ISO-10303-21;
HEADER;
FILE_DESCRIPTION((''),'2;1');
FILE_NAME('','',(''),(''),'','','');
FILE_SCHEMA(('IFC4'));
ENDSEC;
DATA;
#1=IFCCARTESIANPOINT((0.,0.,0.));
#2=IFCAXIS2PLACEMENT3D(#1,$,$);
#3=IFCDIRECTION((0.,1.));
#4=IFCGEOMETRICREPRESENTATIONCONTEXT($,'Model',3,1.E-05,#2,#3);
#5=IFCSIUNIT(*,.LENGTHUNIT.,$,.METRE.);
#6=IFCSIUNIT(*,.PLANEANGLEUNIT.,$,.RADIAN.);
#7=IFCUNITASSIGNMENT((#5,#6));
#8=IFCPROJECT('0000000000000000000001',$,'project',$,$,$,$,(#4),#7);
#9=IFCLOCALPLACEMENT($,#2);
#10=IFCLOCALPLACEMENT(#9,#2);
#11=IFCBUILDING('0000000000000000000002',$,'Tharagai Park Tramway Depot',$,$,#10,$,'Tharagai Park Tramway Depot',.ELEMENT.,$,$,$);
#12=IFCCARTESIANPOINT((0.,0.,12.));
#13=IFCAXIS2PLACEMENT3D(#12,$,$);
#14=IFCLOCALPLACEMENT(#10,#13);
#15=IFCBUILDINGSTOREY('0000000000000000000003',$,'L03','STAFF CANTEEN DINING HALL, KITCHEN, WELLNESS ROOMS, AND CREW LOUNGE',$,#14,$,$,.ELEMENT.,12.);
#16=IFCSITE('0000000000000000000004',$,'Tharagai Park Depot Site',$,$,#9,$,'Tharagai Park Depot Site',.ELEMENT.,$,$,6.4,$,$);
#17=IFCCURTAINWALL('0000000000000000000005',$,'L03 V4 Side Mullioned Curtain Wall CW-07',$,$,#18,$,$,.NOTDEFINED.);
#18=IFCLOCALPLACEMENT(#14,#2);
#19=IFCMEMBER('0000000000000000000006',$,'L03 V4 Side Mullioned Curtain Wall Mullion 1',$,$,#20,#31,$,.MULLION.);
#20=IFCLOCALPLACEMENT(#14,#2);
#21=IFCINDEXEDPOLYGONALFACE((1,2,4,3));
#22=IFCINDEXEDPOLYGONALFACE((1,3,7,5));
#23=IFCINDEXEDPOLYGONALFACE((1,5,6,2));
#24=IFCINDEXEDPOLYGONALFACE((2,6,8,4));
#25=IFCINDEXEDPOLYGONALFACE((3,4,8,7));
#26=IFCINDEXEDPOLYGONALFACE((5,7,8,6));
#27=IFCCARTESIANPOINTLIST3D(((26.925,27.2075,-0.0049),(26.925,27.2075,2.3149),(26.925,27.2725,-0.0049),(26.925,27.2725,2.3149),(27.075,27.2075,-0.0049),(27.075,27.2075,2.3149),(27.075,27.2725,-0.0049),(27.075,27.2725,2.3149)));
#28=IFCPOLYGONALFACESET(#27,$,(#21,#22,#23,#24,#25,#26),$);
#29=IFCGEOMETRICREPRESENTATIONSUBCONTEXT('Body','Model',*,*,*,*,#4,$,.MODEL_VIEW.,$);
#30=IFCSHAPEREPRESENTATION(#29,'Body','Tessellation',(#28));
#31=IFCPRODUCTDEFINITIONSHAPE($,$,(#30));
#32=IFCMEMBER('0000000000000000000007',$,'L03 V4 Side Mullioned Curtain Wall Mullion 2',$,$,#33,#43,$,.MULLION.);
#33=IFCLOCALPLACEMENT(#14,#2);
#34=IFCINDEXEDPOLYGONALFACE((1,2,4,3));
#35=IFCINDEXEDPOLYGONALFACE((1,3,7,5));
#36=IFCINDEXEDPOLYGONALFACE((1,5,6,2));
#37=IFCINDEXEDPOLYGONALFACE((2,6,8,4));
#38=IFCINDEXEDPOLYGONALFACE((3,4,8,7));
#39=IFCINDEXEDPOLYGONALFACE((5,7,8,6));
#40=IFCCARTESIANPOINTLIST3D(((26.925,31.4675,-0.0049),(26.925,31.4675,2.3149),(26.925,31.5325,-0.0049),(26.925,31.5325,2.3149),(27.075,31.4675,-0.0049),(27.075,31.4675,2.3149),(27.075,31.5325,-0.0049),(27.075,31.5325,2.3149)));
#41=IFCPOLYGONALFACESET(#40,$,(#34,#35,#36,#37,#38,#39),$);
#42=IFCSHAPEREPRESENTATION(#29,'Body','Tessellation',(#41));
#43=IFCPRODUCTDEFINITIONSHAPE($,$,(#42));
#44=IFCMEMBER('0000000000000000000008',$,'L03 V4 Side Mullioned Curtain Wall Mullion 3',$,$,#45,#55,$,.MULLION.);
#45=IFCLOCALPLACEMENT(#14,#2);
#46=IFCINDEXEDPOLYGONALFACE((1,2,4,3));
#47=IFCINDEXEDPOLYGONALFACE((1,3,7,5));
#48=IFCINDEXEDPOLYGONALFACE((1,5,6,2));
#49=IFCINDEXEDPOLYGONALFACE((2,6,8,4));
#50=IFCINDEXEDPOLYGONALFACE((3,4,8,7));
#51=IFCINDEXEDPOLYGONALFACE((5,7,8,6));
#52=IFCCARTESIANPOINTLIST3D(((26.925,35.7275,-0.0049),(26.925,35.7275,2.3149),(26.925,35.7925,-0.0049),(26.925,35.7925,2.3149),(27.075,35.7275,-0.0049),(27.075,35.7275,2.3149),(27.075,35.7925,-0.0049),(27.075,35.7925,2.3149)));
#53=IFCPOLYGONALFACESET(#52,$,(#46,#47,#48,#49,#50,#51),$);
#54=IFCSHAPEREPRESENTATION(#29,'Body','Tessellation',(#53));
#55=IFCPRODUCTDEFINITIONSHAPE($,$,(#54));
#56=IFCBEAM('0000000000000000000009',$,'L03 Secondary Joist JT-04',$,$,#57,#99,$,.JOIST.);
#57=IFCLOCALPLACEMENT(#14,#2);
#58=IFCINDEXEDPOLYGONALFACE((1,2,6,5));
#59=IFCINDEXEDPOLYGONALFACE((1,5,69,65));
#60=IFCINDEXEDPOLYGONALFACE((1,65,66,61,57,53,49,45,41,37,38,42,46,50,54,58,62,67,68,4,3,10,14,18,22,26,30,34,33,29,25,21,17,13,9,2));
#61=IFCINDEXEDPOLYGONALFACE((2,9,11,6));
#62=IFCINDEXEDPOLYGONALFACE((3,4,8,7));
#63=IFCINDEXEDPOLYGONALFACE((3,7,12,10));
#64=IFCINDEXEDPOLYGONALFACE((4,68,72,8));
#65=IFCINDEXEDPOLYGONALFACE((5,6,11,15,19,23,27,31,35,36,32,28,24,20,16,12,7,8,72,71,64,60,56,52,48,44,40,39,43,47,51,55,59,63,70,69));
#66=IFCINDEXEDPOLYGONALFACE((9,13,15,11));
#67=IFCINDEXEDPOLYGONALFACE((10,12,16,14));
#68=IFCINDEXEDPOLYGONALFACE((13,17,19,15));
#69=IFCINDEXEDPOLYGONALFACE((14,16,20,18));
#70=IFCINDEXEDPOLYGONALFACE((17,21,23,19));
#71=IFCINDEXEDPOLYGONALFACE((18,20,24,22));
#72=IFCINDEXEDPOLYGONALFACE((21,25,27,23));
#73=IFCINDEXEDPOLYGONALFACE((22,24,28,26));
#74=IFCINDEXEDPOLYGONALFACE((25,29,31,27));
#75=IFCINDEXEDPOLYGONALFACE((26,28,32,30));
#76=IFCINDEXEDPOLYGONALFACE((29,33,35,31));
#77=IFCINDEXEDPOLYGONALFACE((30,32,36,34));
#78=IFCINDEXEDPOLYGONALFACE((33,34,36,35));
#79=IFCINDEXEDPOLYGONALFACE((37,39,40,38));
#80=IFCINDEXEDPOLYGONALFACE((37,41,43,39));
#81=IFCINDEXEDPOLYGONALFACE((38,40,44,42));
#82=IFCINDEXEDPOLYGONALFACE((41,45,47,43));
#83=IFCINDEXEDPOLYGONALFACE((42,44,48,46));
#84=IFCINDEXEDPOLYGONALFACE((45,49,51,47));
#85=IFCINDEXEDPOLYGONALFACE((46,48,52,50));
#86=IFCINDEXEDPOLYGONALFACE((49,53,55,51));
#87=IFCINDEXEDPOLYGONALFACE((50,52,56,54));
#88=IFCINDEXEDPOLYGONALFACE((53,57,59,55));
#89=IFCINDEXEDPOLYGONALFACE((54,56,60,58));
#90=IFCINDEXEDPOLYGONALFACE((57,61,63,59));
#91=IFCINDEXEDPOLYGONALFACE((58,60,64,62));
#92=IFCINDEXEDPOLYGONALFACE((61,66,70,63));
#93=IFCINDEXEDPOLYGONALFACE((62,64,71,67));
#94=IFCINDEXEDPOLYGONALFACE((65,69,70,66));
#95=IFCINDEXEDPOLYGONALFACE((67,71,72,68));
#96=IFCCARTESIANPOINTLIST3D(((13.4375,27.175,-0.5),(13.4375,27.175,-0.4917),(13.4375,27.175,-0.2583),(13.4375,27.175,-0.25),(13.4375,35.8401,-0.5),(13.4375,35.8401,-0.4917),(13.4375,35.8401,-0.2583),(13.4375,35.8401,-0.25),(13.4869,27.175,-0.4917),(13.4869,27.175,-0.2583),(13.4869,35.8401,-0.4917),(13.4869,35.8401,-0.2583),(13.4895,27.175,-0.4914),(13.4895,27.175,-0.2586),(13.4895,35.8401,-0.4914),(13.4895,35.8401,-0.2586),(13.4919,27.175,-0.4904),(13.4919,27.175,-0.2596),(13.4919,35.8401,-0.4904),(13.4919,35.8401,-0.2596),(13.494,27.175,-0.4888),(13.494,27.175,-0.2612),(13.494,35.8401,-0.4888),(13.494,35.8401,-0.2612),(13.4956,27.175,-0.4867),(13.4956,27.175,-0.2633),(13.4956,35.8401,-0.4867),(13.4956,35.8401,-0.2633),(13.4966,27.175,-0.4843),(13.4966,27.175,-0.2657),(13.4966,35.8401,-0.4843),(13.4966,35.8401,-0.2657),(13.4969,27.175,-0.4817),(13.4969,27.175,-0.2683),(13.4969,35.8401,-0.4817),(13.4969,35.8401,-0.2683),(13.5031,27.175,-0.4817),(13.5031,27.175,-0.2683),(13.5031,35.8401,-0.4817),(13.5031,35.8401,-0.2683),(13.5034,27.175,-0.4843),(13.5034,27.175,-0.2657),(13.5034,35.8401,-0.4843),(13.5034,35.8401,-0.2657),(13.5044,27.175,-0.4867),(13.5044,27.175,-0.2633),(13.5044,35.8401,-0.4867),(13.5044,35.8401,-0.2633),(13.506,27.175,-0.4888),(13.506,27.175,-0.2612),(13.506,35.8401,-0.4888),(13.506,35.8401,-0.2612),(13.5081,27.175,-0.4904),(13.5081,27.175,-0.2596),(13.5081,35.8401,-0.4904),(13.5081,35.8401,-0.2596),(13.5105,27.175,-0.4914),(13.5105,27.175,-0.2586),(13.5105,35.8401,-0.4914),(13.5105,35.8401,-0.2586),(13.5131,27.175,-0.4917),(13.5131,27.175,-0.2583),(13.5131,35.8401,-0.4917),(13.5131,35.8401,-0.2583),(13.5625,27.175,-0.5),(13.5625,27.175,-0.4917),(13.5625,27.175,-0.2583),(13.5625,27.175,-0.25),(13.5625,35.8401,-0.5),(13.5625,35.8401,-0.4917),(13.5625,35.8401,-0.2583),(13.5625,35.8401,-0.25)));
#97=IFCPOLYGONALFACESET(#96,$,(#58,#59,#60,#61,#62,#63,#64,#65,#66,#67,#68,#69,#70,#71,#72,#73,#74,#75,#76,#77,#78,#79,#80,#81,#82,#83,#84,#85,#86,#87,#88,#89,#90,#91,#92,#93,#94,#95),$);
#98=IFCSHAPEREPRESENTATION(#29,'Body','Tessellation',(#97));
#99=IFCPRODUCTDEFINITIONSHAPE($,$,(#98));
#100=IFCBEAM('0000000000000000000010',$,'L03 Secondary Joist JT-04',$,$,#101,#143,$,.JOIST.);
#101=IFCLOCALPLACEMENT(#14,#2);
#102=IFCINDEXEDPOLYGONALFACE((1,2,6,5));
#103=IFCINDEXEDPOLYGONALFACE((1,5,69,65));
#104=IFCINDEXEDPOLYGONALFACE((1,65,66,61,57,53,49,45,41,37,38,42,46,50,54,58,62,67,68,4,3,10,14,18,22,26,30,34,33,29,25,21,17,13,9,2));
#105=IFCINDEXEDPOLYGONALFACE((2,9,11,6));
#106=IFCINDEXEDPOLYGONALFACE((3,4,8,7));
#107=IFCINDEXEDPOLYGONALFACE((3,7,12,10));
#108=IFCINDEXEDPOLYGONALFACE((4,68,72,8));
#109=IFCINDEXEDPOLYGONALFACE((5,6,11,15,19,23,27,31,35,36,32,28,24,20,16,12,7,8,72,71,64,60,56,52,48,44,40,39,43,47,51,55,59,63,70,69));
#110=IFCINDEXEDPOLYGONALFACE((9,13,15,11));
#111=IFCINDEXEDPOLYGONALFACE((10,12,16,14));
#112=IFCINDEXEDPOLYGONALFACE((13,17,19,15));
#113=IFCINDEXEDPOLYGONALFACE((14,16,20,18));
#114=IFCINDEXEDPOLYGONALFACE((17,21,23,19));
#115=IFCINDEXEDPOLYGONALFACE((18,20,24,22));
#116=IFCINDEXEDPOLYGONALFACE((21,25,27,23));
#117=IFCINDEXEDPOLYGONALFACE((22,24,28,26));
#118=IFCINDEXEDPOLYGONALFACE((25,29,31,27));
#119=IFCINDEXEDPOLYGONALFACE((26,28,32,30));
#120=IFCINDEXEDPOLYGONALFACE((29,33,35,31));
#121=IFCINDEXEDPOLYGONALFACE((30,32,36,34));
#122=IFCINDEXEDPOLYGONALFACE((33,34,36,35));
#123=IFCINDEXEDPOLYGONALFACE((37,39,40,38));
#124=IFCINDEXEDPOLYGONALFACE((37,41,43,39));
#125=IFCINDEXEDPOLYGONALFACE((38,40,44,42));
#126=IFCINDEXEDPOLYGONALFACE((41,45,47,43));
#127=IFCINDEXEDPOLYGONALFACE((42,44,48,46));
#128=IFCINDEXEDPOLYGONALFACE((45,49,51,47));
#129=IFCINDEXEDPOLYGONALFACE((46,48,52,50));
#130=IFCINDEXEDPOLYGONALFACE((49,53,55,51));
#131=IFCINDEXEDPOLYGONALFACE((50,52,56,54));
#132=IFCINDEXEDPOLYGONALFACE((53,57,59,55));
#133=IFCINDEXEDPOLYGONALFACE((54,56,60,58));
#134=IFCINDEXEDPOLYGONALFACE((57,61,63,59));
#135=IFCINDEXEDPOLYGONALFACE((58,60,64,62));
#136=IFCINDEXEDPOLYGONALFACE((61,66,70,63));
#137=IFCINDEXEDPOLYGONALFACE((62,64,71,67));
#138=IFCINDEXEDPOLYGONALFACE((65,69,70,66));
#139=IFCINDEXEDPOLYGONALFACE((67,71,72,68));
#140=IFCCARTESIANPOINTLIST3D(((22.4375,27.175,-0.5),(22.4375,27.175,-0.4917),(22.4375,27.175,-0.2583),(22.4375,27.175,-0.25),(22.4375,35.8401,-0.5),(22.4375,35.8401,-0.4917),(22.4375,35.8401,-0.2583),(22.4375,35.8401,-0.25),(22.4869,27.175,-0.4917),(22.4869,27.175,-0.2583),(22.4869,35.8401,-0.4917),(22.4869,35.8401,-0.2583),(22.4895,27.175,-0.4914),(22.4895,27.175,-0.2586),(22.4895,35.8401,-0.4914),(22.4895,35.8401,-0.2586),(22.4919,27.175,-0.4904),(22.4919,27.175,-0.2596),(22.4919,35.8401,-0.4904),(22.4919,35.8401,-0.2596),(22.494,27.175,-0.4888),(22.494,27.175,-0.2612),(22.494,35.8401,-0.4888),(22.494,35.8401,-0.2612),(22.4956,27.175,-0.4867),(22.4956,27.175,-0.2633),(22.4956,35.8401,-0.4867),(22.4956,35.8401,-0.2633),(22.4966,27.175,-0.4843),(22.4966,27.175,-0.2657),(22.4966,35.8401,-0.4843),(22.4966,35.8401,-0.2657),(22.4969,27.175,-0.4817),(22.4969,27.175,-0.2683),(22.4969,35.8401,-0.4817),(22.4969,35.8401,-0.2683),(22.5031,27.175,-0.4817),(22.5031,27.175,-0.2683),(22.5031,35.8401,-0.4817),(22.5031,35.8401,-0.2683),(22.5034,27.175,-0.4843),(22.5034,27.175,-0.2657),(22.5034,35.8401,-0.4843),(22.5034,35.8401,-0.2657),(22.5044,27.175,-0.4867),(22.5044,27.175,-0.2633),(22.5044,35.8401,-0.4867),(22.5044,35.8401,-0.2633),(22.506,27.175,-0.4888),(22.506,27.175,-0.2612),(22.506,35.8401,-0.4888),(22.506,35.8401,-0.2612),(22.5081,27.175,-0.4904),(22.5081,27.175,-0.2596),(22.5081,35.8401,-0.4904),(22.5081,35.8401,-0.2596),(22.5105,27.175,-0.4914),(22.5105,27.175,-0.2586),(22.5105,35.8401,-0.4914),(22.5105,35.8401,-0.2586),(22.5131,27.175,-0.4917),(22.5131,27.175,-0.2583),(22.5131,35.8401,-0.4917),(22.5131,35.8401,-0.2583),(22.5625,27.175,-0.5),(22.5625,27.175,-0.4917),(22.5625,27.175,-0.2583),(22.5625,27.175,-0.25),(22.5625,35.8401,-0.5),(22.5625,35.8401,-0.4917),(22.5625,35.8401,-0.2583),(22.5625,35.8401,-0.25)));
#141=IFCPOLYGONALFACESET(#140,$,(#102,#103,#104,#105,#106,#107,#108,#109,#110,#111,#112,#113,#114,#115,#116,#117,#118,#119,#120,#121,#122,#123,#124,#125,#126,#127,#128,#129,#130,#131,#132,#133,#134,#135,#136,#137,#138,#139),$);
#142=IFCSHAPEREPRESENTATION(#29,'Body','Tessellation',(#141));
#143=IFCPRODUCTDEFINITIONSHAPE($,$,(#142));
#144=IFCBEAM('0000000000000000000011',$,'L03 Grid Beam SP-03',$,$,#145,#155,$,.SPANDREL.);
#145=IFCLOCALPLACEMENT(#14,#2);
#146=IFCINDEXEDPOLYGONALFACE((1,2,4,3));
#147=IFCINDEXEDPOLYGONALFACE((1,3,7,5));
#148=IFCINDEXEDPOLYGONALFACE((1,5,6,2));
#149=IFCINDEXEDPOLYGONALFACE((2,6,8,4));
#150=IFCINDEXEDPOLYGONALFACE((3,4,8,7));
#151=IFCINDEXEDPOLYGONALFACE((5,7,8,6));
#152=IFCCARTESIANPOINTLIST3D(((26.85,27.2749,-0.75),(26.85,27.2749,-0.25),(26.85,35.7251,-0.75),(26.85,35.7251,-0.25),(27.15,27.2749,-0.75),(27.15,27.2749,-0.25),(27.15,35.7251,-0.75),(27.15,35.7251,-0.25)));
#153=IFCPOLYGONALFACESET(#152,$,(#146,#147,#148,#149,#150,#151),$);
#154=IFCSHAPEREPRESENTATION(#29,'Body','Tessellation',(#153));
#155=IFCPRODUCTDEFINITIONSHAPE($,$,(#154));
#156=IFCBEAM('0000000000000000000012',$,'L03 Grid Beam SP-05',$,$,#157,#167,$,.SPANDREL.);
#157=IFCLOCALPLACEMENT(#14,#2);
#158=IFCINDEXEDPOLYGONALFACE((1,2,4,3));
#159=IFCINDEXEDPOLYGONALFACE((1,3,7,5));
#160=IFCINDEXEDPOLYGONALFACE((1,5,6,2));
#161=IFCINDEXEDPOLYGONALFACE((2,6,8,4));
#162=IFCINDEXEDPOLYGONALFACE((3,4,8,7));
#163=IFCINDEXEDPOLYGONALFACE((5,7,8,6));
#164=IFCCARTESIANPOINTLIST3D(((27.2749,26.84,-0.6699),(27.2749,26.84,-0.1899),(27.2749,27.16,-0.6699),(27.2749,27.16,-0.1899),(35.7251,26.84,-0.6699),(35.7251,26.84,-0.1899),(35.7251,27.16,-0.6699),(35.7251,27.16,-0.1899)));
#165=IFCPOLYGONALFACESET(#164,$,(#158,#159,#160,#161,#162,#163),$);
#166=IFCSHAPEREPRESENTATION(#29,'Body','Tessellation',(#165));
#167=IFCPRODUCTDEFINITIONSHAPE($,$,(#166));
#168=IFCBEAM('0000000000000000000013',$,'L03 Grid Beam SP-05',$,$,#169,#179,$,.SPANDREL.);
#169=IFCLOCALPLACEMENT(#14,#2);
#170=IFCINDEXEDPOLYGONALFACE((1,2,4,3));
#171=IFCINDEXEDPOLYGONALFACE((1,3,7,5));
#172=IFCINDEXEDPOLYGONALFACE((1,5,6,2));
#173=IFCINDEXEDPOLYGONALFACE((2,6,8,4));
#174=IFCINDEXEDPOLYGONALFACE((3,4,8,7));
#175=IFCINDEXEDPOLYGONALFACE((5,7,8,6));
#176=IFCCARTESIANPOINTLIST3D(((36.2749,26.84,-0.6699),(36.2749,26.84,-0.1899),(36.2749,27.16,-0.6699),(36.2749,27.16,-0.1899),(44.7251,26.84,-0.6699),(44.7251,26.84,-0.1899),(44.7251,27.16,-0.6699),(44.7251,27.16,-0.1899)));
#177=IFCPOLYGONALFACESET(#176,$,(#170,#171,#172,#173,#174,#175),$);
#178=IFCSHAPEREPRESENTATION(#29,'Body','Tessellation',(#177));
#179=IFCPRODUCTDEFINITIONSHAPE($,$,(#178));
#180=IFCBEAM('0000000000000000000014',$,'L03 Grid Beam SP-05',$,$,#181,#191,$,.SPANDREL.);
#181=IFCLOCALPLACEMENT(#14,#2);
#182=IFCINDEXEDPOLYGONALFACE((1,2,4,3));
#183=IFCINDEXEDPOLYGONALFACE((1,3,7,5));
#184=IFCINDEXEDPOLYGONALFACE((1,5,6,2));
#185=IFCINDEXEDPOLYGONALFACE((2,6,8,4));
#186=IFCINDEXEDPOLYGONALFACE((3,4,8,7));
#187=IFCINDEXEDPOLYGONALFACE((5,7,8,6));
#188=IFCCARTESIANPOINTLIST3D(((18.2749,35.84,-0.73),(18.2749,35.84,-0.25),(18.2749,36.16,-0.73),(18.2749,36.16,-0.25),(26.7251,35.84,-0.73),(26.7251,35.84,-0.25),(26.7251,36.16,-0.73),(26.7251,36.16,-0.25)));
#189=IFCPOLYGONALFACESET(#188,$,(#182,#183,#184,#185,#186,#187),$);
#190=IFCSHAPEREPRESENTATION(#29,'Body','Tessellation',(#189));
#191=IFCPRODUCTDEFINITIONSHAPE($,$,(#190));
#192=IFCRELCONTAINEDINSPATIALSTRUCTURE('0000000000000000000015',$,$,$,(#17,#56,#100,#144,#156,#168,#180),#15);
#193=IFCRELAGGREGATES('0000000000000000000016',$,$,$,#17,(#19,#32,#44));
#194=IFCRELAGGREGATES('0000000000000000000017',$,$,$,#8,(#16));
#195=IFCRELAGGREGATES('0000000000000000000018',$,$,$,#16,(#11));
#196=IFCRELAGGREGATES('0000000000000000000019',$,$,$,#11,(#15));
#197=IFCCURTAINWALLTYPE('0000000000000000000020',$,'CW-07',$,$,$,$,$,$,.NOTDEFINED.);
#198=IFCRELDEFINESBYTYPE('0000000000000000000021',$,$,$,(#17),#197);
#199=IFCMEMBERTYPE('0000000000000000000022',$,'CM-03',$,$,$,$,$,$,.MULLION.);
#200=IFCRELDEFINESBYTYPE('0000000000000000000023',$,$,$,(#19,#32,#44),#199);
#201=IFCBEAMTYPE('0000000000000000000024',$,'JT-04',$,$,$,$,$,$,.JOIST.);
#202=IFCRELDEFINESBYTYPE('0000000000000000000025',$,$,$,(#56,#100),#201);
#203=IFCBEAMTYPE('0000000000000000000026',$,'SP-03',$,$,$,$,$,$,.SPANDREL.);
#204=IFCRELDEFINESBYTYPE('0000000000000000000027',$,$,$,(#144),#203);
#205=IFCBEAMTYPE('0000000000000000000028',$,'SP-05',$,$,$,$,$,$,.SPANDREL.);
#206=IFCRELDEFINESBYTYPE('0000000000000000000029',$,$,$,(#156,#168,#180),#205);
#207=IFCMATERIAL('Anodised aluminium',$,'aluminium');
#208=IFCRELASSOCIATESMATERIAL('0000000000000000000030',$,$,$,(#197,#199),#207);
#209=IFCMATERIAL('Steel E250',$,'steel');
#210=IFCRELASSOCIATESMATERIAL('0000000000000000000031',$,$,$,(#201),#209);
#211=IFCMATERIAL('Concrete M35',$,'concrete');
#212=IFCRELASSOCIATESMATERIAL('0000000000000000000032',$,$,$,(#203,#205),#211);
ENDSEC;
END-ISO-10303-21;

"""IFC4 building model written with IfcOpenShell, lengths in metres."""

from ifc_helpers import new_model, si_unit, direction, frame, origin, origin_2d, place, context, subcontext, project, spatial, rectangle, i_section, extrude, material, material_profile, profile_set, type_object, element, aggregate, save


model = new_model("IFC4")

# Units and contexts
model_context = context("Model", 3, precision=1e-05, world=origin(), true_north=direction((0.0, 1.0)))
body_context = subcontext(model_context, "Body", "Model", "MODEL_VIEW")
ifc_project = project(units=[si_unit("LENGTHUNIT", "METRE"), si_unit("PLANEANGLEUNIT", "RADIAN")], contexts=[model_context])

# Site, building, storey
site_placement = place(None, origin())
site = spatial("IfcSite", under=ifc_project, at=site_placement, Name="Tharagai Park Depot Site", LongName="Tharagai Park Depot Site", CompositionType="ELEMENT", RefElevation=6.4)
building_placement = place(site_placement, origin())
building = spatial("IfcBuilding", under=site, at=building_placement, Name="Tharagai Park Tramway Depot", LongName="Tharagai Park Tramway Depot", CompositionType="ELEMENT")
storey_placement = place(building_placement, frame((0.0, 0.0, 12.0)))
storey = spatial("IfcBuildingStorey", under=building, at=storey_placement, Name="L03", Description="STAFF CANTEEN DINING HALL, KITCHEN, WELLNESS ROOMS, AND CREW LOUNGE", CompositionType="ELEMENT", Elevation=12.0)

# Shared definitions
ifc_material_1 = material(Name="Concrete M35", Category="concrete")

# Curtain wall, members
ifc_material_2 = material(Name="Anodised aluminium", Category="aluminium")
curtain_wall_type = type_object("IfcCurtainWallType", Name="CW-07", PredefinedType="NOTDEFINED", material=ifc_material_2)
curtain_wall_placement = place(storey_placement, origin())
curtain_wall = element("IfcCurtainWall", 1, at=curtain_wall_placement, inside=storey, type_object=curtain_wall_type, Name="L03 V4 Side Mullioned Curtain Wall CW-07", PredefinedType="NOTDEFINED")
ifc_material_profile_1 = material_profile(ifc_material_2, rectangle(XDim=0.0649, YDim=0.1499, at=origin_2d()), Name="ALU 65x150")
ifc_profile_set_1 = profile_set([ifc_material_profile_1], Name="Anodised aluminium")
member_type_1 = type_object("IfcMemberType", Name="CM-03", PredefinedType="MULLION", material=ifc_profile_set_1)
member_1_placement = place(storey_placement, frame((27.0, 27.24, -0.0049), z_axis=(0.0, 0.0, 1.0), x_axis=(0.0, 1.0, 0.0)))
member_1 = element("IfcMember", 2, at=member_1_placement, type_object=member_type_1, Name="L03 V4 Side Mullioned Curtain Wall Mullion 1", PredefinedType="MULLION", context=body_context, shape_type="SweptSolid", body=[
    extrude(rectangle(XDim=0.0649, YDim=0.1499, at=origin_2d()), origin(), (0.0, 0.0, 1.0), 2.3198),
])
member_2_placement = place(storey_placement, frame((27.0, 31.5, -0.0049), z_axis=(0.0, 0.0, 1.0), x_axis=(0.0, 1.0, 0.0)))
member_2 = element("IfcMember", 3, at=member_2_placement, type_object=member_type_1, Name="L03 V4 Side Mullioned Curtain Wall Mullion 2", PredefinedType="MULLION", context=body_context, shape_type="SweptSolid", body=[
    extrude(rectangle(XDim=0.0649, YDim=0.1499, at=origin_2d()), origin(), (0.0, 0.0, 1.0), 2.3198),
])
member_3_placement = place(storey_placement, frame((27.0, 35.76, -0.0049), z_axis=(0.0, 0.0, 1.0), x_axis=(0.0, 1.0, 0.0)))
member_3 = element("IfcMember", 4, at=member_3_placement, type_object=member_type_1, Name="L03 V4 Side Mullioned Curtain Wall Mullion 3", PredefinedType="MULLION", context=body_context, shape_type="SweptSolid", body=[
    extrude(rectangle(XDim=0.0649, YDim=0.1499, at=origin_2d()), origin(), (0.0, 0.0, 1.0), 2.3198),
])

# Beams
ifc_material_3 = material(Name="Steel E250", Category="steel")
ifc_material_profile_2 = material_profile(ifc_material_3, i_section(OverallWidth=0.125, OverallDepth=0.25, WebThickness=0.0061, FlangeThickness=0.0083, FilletRadius=0.01, at=origin_2d()), Name="ISLB 250")
ifc_profile_set_2 = profile_set([ifc_material_profile_2], Name="Steel E250")
beam_type_1 = type_object("IfcBeamType", Name="JT-04", PredefinedType="JOIST", material=ifc_profile_set_2)
for number, where, z_axis, x_axis, name in (
    (5, (13.5, 27.175, -0.375), (0.0, 1.0, 0.0), (-1.0, 0.0, 0.0), "L03 Secondary Joist JT-04"),
    (6, (22.5, 27.175, -0.375), (0.0, 1.0, 0.0), (-1.0, 0.0, 0.0), "L03 Secondary Joist JT-04"),
):
    element("IfcBeam", number, at=place(storey_placement, frame(where, z_axis=z_axis, x_axis=x_axis)), inside=storey, type_object=beam_type_1, Name=name, PredefinedType="JOIST", context=body_context, shape_type="SweptSolid", body=[
        extrude(i_section(OverallWidth=0.125, OverallDepth=0.25, WebThickness=0.0061, FlangeThickness=0.0083, FilletRadius=0.01, at=origin_2d()), origin(), (0.0, 0.0, 1.0), 8.665),
    ])
ifc_material_profile_3 = material_profile(ifc_material_1, rectangle(XDim=0.3, YDim=0.5, at=origin_2d()), Name="RC 300x500")
ifc_profile_set_3 = profile_set([ifc_material_profile_3], Name="Concrete M35")
beam_type_2 = type_object("IfcBeamType", Name="SP-03", PredefinedType="SPANDREL", material=ifc_profile_set_3)
beam_1_placement = place(storey_placement, frame((27.0, 27.2749, -0.5), z_axis=(0.0, 1.0, 0.0), x_axis=(-1.0, 0.0, 0.0)))
element("IfcBeam", 7, at=beam_1_placement, inside=storey, type_object=beam_type_2, Name="L03 Grid Beam SP-03", PredefinedType="SPANDREL", context=body_context, shape_type="SweptSolid", body=[
    extrude(rectangle(XDim=0.3, YDim=0.5, at=origin_2d()), origin(), (0.0, 0.0, 1.0), 8.4502),
])
ifc_material_profile_4 = material_profile(ifc_material_1, rectangle(XDim=0.3201, YDim=0.48, at=origin_2d()), Name="RC 320x480")
ifc_profile_set_4 = profile_set([ifc_material_profile_4], Name="Concrete M35")
beam_type_3 = type_object("IfcBeamType", Name="SP-05", PredefinedType="SPANDREL", material=ifc_profile_set_4)
for number, where, z_axis, x_axis, name in (
    (8, (27.2749, 27.0, -0.4299), (1.0, 0.0, 0.0), (0.0, 1.0, 0.0), "L03 Grid Beam SP-05"),
    (9, (36.2749, 27.0, -0.4299), (1.0, 0.0, 0.0), (0.0, 1.0, 0.0), "L03 Grid Beam SP-05"),
    (10, (18.2749, 36.0, -0.49), (1.0, 0.0, 0.0), (0.0, 1.0, 0.0), "L03 Grid Beam SP-05"),
):
    element("IfcBeam", number, at=place(storey_placement, frame(where, z_axis=z_axis, x_axis=x_axis)), inside=storey, type_object=beam_type_3, Name=name, PredefinedType="SPANDREL", context=body_context, shape_type="SweptSolid", body=[
        extrude(rectangle(XDim=0.3201, YDim=0.48, at=origin_2d()), origin(), (0.0, 0.0, 1.0), 8.4502),
    ])

aggregate(curtain_wall, [member_1, member_2, member_3])

save(model, "model.ifc")
